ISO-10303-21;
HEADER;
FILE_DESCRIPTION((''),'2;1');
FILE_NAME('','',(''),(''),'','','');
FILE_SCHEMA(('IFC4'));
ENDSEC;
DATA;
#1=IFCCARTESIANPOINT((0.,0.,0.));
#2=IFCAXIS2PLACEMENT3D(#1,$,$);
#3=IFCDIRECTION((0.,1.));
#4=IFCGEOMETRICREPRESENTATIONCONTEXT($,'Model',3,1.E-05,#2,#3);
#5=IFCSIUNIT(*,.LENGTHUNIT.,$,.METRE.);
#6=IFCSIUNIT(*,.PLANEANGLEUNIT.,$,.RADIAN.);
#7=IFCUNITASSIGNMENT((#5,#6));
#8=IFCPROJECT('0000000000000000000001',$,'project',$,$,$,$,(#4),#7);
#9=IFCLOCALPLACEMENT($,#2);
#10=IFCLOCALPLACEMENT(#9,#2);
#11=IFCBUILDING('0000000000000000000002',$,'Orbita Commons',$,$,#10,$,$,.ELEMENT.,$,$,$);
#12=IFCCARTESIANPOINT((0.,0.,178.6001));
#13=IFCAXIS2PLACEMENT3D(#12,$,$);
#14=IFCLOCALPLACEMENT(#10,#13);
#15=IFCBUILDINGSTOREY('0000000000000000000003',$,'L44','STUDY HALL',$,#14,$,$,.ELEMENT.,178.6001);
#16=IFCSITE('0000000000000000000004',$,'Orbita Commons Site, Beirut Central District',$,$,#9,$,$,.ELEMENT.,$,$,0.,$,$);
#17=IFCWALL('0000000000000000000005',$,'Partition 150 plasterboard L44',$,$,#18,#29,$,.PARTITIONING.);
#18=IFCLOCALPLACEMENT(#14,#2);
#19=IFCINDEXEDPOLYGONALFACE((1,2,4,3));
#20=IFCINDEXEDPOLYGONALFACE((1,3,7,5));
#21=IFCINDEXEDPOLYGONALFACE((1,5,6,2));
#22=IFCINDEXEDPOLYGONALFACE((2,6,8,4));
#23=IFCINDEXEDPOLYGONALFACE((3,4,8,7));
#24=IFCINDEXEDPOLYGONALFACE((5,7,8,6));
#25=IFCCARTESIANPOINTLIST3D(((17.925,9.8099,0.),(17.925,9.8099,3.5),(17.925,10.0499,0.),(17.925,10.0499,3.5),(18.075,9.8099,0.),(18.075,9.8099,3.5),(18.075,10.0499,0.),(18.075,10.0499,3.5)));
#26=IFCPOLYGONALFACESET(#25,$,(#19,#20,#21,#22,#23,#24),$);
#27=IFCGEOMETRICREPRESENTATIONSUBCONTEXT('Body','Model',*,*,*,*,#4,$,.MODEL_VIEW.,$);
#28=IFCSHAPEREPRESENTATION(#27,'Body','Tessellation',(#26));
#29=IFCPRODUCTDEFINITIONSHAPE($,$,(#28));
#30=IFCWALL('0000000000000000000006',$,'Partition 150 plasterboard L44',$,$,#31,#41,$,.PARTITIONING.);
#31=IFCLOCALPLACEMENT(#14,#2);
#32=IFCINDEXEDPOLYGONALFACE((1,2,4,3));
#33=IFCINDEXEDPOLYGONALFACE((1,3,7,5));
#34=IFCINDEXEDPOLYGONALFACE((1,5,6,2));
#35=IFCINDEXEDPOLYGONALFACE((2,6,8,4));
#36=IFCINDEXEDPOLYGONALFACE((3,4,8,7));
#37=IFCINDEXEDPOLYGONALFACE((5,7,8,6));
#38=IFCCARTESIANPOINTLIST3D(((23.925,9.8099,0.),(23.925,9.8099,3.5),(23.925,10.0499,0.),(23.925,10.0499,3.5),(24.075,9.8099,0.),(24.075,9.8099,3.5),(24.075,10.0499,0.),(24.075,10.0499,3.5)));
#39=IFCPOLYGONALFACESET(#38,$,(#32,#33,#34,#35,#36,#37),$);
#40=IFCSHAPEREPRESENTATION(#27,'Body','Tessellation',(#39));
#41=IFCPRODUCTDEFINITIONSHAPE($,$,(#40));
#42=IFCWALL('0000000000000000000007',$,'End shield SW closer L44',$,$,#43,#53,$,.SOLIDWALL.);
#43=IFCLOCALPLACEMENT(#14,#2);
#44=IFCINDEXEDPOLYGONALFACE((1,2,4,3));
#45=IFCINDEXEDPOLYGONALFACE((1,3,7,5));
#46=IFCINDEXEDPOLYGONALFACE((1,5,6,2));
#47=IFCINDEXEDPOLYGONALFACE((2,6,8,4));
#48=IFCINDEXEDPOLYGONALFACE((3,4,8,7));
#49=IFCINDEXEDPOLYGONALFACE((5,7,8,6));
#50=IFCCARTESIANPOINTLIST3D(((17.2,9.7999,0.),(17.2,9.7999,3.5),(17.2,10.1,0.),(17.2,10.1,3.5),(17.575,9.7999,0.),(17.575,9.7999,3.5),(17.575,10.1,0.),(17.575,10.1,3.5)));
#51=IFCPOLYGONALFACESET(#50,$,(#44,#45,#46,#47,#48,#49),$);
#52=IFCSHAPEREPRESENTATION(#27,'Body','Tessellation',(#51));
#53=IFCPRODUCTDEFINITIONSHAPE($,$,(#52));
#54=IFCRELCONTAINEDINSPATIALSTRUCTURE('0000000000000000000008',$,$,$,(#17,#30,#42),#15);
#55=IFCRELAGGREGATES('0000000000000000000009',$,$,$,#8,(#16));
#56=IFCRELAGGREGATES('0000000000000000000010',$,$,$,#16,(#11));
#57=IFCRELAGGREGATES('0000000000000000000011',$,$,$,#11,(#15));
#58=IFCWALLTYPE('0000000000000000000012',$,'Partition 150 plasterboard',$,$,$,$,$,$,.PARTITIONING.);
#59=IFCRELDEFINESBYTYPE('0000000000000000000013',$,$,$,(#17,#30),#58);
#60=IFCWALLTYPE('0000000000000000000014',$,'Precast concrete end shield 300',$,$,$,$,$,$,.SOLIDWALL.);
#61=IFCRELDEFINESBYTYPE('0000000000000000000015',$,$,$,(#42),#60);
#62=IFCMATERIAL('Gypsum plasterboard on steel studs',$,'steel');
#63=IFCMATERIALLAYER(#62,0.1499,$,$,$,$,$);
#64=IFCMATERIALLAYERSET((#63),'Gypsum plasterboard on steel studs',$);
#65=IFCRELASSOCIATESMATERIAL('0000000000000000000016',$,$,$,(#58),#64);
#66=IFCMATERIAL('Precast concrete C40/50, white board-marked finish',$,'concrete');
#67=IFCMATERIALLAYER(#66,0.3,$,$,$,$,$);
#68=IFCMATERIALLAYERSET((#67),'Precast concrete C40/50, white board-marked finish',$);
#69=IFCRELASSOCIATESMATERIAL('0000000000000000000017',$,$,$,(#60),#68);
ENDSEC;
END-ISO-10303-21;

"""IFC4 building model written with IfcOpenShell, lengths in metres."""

from ifc_helpers import new_model, si_unit, direction, frame, frame_2d, origin, place, context, subcontext, project, spatial, rectangle, extrude, material, layer, layer_set, type_object, element, save


model = new_model("IFC4")

# Units and contexts
model_context = context("Model", 3, precision=1e-05, world=origin(), true_north=direction((0.0, 1.0)))
body_context = subcontext(model_context, "Body", "Model", "MODEL_VIEW")
ifc_project = project(units=[si_unit("LENGTHUNIT", "METRE"), si_unit("PLANEANGLEUNIT", "RADIAN")], contexts=[model_context])

# Site, building, storey
site_placement = place(None, origin())
site = spatial("IfcSite", under=ifc_project, at=site_placement, Name="Orbita Commons Site, Beirut Central District", CompositionType="ELEMENT", RefElevation=0.0)
building_placement = place(site_placement, origin())
building = spatial("IfcBuilding", under=site, at=building_placement, Name="Orbita Commons", CompositionType="ELEMENT")
storey_placement = place(building_placement, frame((0.0, 0.0, 178.6001)))
storey = spatial("IfcBuildingStorey", under=building, at=storey_placement, Name="L44", Description="STUDY HALL", CompositionType="ELEMENT", Elevation=178.6001)

# Walls
ifc_material_1 = material(Name="Gypsum plasterboard on steel studs", Category="steel")
ifc_layer_1 = layer(ifc_material_1, 0.1499)
ifc_layer_set_1 = layer_set([ifc_layer_1], Name="Gypsum plasterboard on steel studs")
wall_type_1 = type_object("IfcWallType", Name="Partition 150 plasterboard", PredefinedType="PARTITIONING", material=ifc_layer_set_1)
for number, where, z_axis, x_axis, name in (
    (1, (18.0, 10.05, 0.0), (0.0, 0.0, 1.0), (0.0, -1.0, 0.0), "Partition 150 plasterboard L44"),
    (2, (24.0, 10.05, 0.0), (0.0, 0.0, 1.0), (0.0, -1.0, 0.0), "Partition 150 plasterboard L44"),
):
    element("IfcWall", number, at=place(storey_placement, frame(where, z_axis=z_axis, x_axis=x_axis)), inside=storey, type_object=wall_type_1, Name=name, PredefinedType="PARTITIONING", context=body_context, shape_type="SweptSolid", body=[
        extrude(rectangle(XDim=0.24, YDim=0.1499, at=frame_2d((0.1201, 0.0))), origin(), (0.0, 0.0, 1.0), 3.5),
    ])
ifc_material_2 = material(Name="Precast concrete C40/50, white board-marked finish", Category="concrete")
ifc_layer_2 = layer(ifc_material_2, 0.3)
ifc_layer_set_2 = layer_set([ifc_layer_2], Name="Precast concrete C40/50, white board-marked finish")
wall_type_2 = type_object("IfcWallType", Name="Precast concrete end shield 300", PredefinedType="SOLIDWALL", material=ifc_layer_set_2)
wall_placement = place(storey_placement, frame((17.2, 9.95, 0.0), z_axis=(0.0, 0.0, 1.0), x_axis=(1.0, 0.0, 0.0)))
element("IfcWall", 3, at=wall_placement, inside=storey, type_object=wall_type_2, Name="End shield SW closer L44", PredefinedType="SOLIDWALL", context=body_context, shape_type="SweptSolid", body=[
    extrude(rectangle(XDim=0.375, YDim=0.3, at=frame_2d((0.1875, 0.0))), origin(), (0.0, 0.0, 1.0), 3.5),
])

save(model, "model.ifc")
